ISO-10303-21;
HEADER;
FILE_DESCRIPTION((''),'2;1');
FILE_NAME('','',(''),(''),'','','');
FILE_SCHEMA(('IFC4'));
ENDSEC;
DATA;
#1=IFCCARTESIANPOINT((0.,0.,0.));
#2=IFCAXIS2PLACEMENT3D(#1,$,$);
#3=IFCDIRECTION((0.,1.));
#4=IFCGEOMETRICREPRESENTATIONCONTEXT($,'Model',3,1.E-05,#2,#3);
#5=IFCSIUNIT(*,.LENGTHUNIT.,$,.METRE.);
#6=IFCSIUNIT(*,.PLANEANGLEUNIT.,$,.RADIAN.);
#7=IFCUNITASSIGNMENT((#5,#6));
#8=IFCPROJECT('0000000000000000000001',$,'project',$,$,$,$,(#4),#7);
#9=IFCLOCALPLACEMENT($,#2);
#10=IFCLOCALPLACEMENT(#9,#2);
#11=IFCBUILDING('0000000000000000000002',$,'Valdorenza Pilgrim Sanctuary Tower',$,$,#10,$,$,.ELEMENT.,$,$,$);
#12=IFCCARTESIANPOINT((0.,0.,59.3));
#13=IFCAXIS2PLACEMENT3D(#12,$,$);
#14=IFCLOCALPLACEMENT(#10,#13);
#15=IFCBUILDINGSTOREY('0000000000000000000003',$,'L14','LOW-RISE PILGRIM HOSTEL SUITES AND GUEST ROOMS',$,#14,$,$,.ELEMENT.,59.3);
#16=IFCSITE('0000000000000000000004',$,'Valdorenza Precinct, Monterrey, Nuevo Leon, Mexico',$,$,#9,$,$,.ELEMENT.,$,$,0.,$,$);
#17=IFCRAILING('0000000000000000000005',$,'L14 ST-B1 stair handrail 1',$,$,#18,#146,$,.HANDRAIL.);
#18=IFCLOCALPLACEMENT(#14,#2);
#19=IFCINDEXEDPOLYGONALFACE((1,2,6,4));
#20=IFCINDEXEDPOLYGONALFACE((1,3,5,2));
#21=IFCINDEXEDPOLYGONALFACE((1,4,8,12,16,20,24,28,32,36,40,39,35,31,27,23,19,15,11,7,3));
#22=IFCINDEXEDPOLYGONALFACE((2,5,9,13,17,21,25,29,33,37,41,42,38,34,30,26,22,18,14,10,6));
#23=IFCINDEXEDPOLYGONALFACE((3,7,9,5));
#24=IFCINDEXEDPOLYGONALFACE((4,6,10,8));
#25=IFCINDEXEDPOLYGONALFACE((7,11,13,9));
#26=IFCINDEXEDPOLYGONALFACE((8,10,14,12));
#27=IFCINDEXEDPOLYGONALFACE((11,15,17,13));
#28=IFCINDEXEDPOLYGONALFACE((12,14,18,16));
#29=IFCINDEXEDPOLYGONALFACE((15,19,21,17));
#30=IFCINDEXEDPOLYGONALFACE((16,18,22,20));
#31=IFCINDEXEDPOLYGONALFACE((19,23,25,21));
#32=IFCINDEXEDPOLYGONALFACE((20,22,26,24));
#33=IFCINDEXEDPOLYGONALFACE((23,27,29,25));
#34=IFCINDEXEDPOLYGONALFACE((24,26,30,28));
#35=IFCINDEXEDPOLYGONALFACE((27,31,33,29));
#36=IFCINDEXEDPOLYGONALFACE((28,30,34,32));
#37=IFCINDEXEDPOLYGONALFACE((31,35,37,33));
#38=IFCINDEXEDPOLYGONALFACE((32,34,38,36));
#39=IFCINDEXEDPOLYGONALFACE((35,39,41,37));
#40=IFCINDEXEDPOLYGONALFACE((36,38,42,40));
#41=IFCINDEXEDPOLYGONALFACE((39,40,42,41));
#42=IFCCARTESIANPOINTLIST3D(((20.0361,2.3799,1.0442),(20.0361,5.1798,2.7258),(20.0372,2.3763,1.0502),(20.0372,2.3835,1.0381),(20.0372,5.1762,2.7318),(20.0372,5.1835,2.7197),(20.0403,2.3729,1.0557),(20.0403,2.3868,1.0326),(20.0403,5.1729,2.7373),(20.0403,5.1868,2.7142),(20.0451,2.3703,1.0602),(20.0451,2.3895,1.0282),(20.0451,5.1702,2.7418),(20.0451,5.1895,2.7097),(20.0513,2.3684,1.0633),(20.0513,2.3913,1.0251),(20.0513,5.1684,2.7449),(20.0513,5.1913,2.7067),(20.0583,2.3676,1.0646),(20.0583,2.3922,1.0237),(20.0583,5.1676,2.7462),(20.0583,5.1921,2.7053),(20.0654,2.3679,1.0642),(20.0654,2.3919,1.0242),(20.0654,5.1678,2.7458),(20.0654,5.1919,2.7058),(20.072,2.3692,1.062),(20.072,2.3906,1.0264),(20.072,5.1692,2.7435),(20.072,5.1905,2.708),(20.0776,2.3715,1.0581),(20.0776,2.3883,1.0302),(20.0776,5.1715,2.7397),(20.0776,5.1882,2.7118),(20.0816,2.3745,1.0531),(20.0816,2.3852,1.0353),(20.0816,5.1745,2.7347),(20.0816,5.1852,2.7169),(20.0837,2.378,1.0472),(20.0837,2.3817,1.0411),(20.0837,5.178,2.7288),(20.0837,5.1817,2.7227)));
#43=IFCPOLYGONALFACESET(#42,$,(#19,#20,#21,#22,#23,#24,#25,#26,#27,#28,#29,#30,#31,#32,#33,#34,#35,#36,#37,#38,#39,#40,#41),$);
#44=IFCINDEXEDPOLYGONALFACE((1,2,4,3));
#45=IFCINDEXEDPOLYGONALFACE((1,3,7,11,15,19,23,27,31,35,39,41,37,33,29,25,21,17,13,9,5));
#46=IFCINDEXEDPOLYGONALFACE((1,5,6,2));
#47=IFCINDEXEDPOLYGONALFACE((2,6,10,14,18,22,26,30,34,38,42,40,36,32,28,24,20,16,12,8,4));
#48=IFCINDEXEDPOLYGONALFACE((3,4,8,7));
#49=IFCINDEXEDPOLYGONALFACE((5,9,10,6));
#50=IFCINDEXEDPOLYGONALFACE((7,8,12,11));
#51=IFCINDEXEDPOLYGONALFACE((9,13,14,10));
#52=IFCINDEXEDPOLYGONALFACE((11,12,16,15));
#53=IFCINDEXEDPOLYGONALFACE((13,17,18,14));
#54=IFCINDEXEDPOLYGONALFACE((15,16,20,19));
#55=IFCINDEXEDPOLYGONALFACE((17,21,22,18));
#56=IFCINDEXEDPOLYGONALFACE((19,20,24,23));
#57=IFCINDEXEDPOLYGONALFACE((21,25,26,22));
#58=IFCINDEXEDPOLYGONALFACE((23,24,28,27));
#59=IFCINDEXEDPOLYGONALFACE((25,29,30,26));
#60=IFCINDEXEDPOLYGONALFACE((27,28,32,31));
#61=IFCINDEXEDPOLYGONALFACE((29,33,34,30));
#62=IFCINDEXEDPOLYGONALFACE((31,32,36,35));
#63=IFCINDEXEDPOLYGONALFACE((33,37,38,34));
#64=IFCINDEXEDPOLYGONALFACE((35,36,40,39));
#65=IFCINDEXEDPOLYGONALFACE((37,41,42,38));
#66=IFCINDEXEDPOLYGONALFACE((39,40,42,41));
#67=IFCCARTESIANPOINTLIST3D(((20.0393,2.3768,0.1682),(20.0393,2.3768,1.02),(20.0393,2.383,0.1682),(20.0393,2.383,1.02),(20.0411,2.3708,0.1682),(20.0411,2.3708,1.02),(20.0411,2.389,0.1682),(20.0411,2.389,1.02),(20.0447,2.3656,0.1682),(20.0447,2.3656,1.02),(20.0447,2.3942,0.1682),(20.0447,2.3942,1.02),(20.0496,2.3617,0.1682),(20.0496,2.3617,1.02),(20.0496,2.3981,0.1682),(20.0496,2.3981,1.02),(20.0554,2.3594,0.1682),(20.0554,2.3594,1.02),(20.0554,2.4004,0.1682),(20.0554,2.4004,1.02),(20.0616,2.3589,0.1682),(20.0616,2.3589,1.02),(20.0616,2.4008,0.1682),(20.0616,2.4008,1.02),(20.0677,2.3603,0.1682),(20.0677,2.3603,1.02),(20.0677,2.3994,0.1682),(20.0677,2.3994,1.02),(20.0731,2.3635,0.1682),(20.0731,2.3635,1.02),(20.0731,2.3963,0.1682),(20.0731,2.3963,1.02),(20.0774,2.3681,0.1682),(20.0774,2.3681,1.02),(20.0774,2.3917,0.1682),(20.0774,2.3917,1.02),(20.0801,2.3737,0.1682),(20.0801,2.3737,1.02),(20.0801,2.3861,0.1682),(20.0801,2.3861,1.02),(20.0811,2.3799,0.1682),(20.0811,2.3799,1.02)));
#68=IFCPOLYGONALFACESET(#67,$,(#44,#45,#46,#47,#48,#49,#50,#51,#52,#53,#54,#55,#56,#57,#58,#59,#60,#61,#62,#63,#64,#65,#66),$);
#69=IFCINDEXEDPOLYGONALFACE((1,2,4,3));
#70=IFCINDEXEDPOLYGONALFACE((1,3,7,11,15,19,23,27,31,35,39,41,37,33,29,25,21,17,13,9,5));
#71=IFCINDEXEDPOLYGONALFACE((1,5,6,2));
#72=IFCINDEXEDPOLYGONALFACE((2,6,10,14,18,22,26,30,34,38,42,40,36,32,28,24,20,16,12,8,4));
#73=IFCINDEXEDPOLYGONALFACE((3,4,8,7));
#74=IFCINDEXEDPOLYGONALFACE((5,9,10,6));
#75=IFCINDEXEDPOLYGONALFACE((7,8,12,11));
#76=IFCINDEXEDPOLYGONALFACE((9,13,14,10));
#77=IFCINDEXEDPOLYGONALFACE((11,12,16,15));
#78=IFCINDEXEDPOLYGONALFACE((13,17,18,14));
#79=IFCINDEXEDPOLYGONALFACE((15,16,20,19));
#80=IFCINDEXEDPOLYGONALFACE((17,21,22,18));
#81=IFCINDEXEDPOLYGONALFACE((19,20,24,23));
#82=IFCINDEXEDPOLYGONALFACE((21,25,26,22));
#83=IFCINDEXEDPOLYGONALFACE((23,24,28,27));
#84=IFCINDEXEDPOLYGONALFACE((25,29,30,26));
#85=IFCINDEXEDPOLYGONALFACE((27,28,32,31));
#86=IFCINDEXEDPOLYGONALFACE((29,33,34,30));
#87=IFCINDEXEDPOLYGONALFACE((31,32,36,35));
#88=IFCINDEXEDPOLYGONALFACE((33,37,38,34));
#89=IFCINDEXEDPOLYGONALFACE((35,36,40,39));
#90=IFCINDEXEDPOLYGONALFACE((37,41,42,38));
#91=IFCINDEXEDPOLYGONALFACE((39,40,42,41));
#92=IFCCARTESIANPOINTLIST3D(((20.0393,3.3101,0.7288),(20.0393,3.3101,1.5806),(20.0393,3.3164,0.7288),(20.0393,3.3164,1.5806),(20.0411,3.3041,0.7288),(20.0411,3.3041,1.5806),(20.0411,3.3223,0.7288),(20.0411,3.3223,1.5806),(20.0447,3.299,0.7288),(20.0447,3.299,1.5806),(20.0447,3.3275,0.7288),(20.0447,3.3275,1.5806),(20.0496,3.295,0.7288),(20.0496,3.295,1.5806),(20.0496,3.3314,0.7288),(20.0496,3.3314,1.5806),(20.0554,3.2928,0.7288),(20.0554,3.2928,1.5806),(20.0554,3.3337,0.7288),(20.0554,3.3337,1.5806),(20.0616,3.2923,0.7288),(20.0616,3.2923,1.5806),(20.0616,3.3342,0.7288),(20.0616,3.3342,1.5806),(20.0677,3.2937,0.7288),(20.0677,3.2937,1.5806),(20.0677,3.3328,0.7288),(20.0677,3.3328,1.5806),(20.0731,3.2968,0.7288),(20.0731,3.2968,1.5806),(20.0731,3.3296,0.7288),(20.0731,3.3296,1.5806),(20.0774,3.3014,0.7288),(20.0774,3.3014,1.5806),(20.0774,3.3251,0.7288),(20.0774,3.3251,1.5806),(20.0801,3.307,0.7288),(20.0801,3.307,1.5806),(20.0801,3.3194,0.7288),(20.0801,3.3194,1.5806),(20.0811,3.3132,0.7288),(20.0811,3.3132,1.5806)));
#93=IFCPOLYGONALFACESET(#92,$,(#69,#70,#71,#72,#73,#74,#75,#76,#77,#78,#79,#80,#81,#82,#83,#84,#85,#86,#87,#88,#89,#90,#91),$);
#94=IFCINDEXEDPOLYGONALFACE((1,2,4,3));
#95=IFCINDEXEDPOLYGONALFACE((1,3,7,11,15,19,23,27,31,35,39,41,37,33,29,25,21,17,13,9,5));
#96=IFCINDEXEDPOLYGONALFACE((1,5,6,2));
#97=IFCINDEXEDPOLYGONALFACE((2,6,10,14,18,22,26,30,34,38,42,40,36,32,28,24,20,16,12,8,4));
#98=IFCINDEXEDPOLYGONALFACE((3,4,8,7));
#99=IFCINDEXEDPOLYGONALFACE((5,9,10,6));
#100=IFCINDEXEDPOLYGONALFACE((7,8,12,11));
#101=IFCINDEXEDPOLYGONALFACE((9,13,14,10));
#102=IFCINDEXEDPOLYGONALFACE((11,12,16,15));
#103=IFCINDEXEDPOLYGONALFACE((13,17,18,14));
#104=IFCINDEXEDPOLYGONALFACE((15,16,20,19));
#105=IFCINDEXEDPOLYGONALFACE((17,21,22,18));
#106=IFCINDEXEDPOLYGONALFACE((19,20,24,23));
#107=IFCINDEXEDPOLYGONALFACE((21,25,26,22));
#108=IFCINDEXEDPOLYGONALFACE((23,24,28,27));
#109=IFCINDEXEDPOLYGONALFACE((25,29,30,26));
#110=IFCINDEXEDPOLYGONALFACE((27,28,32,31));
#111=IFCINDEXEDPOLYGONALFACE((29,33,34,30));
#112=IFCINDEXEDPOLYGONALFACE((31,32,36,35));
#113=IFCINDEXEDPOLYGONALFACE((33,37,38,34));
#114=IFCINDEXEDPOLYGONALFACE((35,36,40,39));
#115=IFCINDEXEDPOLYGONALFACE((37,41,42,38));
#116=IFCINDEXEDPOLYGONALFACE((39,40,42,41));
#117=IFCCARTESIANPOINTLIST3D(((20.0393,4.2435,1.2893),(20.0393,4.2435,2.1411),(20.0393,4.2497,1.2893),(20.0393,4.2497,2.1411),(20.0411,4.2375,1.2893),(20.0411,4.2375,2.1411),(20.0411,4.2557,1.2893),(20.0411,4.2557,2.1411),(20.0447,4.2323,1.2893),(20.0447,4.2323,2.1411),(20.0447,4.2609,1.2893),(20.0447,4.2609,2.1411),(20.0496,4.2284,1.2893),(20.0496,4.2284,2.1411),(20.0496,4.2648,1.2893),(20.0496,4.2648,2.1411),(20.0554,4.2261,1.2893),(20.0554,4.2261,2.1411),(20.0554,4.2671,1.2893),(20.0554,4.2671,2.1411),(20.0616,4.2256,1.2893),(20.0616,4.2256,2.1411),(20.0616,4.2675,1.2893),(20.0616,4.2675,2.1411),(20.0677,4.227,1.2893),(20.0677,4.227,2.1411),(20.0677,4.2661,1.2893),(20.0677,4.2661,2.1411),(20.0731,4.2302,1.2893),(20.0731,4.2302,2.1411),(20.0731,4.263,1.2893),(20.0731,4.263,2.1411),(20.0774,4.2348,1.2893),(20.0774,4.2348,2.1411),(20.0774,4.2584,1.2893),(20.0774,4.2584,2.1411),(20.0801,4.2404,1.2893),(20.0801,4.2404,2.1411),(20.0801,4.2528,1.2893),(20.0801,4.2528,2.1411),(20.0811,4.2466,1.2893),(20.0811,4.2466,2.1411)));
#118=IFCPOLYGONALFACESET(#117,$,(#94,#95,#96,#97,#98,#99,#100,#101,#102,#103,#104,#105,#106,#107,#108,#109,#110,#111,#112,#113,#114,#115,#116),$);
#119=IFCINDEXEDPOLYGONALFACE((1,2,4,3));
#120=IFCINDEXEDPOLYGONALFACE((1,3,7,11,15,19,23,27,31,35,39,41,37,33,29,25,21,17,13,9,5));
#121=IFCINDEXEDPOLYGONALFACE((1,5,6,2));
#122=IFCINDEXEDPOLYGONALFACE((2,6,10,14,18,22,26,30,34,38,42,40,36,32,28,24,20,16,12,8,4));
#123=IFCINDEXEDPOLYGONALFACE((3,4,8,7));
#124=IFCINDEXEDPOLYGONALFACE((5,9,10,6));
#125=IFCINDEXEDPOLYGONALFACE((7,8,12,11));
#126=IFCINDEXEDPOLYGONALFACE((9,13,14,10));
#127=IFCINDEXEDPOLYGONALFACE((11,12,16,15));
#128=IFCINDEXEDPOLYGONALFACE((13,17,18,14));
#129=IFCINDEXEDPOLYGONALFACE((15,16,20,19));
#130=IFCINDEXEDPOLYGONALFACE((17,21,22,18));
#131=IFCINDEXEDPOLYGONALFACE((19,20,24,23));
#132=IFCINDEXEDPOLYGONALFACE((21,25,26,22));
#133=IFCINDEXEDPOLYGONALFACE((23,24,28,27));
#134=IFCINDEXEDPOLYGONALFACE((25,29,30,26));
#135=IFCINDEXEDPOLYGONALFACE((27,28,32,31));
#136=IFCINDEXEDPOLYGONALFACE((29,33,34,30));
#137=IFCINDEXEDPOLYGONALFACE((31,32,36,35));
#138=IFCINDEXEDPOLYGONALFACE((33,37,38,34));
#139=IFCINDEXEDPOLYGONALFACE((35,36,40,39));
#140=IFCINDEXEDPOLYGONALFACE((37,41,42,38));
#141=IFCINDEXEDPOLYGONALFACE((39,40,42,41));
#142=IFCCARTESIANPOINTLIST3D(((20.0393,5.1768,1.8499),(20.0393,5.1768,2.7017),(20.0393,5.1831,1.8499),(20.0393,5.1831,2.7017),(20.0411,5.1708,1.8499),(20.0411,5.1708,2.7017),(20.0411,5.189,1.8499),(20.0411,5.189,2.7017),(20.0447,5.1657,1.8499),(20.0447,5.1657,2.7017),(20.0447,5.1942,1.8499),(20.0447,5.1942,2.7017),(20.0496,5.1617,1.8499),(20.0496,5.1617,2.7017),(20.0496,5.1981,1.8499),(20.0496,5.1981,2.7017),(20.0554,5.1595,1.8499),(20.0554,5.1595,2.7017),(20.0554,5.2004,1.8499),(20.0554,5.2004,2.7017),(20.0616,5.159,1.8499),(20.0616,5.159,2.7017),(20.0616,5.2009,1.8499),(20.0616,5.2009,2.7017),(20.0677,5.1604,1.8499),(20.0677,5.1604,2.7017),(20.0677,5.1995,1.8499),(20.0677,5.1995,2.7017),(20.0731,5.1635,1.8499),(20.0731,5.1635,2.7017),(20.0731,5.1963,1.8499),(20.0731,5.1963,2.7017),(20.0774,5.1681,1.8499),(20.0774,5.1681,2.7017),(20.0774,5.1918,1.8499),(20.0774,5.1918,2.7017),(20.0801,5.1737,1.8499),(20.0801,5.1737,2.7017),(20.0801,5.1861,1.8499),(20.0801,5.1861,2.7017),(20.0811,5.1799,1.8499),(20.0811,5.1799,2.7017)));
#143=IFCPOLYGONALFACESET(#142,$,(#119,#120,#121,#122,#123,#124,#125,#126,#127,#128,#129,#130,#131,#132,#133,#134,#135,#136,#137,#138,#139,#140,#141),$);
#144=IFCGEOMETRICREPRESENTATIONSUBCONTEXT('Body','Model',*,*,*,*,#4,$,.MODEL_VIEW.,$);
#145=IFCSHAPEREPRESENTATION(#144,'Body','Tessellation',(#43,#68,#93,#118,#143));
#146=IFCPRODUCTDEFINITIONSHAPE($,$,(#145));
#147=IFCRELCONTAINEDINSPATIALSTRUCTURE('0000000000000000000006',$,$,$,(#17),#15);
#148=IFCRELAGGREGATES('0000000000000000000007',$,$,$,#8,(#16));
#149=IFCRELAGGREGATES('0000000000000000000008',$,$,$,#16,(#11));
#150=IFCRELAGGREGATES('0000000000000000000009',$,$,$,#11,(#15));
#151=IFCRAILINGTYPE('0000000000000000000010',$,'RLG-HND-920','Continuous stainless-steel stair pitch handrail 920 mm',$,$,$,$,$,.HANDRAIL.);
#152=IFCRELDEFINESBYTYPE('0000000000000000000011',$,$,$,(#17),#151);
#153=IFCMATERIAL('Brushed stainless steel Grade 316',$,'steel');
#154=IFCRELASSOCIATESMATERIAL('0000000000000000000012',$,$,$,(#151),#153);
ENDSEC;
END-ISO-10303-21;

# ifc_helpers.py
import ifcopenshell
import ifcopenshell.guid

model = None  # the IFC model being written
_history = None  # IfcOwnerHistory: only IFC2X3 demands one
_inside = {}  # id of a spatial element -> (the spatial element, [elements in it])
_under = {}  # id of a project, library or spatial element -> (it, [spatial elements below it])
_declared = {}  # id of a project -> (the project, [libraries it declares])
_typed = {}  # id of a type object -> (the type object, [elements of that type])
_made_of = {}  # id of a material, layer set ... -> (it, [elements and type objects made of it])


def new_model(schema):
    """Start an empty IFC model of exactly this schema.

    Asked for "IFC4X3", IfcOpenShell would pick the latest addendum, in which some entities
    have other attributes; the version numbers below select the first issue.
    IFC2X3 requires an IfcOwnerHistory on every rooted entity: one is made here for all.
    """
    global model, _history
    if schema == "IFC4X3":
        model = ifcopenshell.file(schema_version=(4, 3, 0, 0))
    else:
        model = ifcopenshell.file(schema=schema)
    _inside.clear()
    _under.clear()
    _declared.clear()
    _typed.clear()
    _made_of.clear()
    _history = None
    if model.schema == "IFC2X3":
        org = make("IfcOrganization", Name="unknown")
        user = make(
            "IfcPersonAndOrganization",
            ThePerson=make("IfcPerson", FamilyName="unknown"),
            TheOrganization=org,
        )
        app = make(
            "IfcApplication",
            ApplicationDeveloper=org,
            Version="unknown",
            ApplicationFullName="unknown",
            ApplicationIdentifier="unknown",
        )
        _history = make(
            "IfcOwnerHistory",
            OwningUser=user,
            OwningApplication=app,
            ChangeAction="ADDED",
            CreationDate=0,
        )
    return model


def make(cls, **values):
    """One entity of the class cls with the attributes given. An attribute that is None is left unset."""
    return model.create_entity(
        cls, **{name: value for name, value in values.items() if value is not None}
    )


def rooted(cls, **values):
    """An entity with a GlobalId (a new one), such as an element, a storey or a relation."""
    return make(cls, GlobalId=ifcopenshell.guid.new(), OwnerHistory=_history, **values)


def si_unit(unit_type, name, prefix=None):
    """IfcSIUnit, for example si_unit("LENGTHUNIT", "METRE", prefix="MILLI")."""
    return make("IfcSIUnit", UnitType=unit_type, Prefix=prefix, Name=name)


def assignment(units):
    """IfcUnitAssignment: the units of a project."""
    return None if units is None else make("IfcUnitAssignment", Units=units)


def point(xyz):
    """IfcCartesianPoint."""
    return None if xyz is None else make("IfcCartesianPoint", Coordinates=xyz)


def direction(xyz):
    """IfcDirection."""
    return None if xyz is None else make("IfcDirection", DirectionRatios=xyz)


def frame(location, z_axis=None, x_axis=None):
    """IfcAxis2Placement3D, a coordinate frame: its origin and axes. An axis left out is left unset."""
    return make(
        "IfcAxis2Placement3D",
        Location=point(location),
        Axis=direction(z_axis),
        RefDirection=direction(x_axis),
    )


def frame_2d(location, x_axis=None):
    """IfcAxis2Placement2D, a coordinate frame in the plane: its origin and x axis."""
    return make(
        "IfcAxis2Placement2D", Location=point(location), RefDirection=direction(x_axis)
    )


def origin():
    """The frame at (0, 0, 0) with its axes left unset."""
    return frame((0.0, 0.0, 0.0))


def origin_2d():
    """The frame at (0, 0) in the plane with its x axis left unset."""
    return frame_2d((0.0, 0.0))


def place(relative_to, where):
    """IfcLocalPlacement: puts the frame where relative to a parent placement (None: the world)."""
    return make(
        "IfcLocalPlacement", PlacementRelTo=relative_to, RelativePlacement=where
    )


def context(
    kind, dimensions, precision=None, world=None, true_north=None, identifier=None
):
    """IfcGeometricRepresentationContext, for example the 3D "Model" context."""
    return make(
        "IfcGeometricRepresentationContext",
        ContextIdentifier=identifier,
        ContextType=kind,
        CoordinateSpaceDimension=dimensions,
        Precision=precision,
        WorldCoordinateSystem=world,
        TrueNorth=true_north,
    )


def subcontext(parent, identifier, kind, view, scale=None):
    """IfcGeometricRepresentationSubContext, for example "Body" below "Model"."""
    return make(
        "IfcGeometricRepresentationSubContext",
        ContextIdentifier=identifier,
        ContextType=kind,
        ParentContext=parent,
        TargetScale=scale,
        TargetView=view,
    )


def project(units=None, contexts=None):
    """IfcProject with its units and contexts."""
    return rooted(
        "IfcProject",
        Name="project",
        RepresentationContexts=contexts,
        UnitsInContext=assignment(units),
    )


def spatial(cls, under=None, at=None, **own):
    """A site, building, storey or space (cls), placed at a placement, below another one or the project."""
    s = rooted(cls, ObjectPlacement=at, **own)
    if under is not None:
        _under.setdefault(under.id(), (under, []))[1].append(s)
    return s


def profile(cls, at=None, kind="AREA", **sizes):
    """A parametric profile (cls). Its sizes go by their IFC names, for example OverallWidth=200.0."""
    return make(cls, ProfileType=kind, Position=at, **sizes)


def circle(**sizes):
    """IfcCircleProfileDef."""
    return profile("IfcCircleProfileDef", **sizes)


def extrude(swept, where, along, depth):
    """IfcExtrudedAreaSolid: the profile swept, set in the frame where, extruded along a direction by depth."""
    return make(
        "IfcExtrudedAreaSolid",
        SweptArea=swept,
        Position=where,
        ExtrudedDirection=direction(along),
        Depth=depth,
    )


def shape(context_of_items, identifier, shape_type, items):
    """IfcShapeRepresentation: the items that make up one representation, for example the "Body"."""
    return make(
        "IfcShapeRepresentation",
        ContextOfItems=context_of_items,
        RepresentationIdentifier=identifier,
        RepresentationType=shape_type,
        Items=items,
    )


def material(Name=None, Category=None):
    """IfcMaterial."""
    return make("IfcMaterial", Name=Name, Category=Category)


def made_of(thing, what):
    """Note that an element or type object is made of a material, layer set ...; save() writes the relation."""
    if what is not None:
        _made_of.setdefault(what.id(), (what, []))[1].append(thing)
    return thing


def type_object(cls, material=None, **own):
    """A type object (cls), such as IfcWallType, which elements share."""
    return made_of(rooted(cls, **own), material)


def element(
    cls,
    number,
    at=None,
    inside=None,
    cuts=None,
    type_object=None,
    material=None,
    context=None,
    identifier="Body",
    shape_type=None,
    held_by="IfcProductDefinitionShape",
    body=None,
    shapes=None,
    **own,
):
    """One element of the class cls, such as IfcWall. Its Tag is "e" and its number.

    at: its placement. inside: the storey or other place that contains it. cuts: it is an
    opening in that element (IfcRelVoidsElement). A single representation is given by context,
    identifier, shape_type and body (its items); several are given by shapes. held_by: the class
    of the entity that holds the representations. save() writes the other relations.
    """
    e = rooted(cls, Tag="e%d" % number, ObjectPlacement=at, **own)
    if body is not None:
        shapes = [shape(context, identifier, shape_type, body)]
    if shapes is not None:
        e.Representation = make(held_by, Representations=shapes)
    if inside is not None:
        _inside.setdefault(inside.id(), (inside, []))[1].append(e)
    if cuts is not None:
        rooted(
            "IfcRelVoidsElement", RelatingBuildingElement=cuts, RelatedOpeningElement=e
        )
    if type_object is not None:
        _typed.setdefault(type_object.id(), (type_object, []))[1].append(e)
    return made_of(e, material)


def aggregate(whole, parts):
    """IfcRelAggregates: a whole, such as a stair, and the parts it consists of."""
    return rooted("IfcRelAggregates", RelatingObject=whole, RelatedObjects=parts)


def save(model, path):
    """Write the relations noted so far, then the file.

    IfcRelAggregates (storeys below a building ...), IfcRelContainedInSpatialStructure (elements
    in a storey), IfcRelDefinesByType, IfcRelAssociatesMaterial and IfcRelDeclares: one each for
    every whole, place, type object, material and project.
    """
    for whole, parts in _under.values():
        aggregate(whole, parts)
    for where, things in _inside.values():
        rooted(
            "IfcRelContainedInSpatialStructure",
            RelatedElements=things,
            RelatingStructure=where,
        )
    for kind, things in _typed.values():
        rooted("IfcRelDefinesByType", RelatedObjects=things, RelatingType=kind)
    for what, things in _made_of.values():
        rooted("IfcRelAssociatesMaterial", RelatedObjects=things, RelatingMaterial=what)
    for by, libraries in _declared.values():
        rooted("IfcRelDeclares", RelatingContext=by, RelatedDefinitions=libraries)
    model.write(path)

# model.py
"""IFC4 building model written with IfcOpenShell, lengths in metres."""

from ifc_helpers import new_model, si_unit, direction, frame, origin, origin_2d, place, context, subcontext, project, spatial, circle, extrude, material, type_object, element, save


model = new_model("IFC4")

# Units and contexts
model_context = context("Model", 3, precision=1e-05, world=origin(), true_north=direction((0.0, 1.0)))
body_context = subcontext(model_context, "Body", "Model", "MODEL_VIEW")
ifc_project = project(units=[si_unit("LENGTHUNIT", "METRE"), si_unit("PLANEANGLEUNIT", "RADIAN")], contexts=[model_context])

# Site, building, storey
site_placement = place(None, origin())
site = spatial("IfcSite", under=ifc_project, at=site_placement, Name="Valdorenza Precinct, Monterrey, Nuevo Leon, Mexico", CompositionType="ELEMENT", RefElevation=0.0)
building_placement = place(site_placement, origin())
building = spatial("IfcBuilding", under=site, at=building_placement, Name="Valdorenza Pilgrim Sanctuary Tower", CompositionType="ELEMENT")
storey_placement = place(building_placement, frame((0.0, 0.0, 59.3)))
storey = spatial("IfcBuildingStorey", under=building, at=storey_placement, Name="L14", Description="LOW-RISE PILGRIM HOSTEL SUITES AND GUEST ROOMS", CompositionType="ELEMENT", Elevation=59.3)

# Railing
ifc_material_1 = material(Name="Brushed stainless steel Grade 316", Category="steel")
railing_type_1 = type_object("IfcRailingType", Name="RLG-HND-920", Description="Continuous stainless-steel stair pitch handrail 920 mm", PredefinedType="HANDRAIL", material=ifc_material_1)
railing_1_placement = place(storey_placement, frame((20.0601, 2.3799, 0.1682)))
element("IfcRailing", 1, at=railing_1_placement, inside=storey, type_object=railing_type_1, Name="L14 ST-B1 stair handrail 1", PredefinedType="HANDRAIL", context=body_context, shape_type="SweptSolid", body=[
    extrude(circle(Radius=0.0239, at=origin_2d()), frame((0.0, 0.0, 0.876), z_axis=(0.0, 0.857275, 0.514858), x_axis=(-1.0, 0.0, 0.0)), (0.0, 0.0, 1.0), 3.2661),
    extrude(circle(Radius=0.021, at=origin_2d()), origin(), (0.0, 0.0, 1.0), 0.8518),
    extrude(circle(Radius=0.021, at=origin_2d()), frame((0.0, 0.9333, 0.5605)), (0.0, 0.0, 1.0), 0.8518),
    extrude(circle(Radius=0.021, at=origin_2d()), frame((0.0, 1.8667, 1.1211)), (0.0, 0.0, 1.0), 0.8518),
    extrude(circle(Radius=0.021, at=origin_2d()), frame((0.0, 2.8, 1.6816)), (0.0, 0.0, 1.0), 0.8518),
])

save(model, "model.ifc")
